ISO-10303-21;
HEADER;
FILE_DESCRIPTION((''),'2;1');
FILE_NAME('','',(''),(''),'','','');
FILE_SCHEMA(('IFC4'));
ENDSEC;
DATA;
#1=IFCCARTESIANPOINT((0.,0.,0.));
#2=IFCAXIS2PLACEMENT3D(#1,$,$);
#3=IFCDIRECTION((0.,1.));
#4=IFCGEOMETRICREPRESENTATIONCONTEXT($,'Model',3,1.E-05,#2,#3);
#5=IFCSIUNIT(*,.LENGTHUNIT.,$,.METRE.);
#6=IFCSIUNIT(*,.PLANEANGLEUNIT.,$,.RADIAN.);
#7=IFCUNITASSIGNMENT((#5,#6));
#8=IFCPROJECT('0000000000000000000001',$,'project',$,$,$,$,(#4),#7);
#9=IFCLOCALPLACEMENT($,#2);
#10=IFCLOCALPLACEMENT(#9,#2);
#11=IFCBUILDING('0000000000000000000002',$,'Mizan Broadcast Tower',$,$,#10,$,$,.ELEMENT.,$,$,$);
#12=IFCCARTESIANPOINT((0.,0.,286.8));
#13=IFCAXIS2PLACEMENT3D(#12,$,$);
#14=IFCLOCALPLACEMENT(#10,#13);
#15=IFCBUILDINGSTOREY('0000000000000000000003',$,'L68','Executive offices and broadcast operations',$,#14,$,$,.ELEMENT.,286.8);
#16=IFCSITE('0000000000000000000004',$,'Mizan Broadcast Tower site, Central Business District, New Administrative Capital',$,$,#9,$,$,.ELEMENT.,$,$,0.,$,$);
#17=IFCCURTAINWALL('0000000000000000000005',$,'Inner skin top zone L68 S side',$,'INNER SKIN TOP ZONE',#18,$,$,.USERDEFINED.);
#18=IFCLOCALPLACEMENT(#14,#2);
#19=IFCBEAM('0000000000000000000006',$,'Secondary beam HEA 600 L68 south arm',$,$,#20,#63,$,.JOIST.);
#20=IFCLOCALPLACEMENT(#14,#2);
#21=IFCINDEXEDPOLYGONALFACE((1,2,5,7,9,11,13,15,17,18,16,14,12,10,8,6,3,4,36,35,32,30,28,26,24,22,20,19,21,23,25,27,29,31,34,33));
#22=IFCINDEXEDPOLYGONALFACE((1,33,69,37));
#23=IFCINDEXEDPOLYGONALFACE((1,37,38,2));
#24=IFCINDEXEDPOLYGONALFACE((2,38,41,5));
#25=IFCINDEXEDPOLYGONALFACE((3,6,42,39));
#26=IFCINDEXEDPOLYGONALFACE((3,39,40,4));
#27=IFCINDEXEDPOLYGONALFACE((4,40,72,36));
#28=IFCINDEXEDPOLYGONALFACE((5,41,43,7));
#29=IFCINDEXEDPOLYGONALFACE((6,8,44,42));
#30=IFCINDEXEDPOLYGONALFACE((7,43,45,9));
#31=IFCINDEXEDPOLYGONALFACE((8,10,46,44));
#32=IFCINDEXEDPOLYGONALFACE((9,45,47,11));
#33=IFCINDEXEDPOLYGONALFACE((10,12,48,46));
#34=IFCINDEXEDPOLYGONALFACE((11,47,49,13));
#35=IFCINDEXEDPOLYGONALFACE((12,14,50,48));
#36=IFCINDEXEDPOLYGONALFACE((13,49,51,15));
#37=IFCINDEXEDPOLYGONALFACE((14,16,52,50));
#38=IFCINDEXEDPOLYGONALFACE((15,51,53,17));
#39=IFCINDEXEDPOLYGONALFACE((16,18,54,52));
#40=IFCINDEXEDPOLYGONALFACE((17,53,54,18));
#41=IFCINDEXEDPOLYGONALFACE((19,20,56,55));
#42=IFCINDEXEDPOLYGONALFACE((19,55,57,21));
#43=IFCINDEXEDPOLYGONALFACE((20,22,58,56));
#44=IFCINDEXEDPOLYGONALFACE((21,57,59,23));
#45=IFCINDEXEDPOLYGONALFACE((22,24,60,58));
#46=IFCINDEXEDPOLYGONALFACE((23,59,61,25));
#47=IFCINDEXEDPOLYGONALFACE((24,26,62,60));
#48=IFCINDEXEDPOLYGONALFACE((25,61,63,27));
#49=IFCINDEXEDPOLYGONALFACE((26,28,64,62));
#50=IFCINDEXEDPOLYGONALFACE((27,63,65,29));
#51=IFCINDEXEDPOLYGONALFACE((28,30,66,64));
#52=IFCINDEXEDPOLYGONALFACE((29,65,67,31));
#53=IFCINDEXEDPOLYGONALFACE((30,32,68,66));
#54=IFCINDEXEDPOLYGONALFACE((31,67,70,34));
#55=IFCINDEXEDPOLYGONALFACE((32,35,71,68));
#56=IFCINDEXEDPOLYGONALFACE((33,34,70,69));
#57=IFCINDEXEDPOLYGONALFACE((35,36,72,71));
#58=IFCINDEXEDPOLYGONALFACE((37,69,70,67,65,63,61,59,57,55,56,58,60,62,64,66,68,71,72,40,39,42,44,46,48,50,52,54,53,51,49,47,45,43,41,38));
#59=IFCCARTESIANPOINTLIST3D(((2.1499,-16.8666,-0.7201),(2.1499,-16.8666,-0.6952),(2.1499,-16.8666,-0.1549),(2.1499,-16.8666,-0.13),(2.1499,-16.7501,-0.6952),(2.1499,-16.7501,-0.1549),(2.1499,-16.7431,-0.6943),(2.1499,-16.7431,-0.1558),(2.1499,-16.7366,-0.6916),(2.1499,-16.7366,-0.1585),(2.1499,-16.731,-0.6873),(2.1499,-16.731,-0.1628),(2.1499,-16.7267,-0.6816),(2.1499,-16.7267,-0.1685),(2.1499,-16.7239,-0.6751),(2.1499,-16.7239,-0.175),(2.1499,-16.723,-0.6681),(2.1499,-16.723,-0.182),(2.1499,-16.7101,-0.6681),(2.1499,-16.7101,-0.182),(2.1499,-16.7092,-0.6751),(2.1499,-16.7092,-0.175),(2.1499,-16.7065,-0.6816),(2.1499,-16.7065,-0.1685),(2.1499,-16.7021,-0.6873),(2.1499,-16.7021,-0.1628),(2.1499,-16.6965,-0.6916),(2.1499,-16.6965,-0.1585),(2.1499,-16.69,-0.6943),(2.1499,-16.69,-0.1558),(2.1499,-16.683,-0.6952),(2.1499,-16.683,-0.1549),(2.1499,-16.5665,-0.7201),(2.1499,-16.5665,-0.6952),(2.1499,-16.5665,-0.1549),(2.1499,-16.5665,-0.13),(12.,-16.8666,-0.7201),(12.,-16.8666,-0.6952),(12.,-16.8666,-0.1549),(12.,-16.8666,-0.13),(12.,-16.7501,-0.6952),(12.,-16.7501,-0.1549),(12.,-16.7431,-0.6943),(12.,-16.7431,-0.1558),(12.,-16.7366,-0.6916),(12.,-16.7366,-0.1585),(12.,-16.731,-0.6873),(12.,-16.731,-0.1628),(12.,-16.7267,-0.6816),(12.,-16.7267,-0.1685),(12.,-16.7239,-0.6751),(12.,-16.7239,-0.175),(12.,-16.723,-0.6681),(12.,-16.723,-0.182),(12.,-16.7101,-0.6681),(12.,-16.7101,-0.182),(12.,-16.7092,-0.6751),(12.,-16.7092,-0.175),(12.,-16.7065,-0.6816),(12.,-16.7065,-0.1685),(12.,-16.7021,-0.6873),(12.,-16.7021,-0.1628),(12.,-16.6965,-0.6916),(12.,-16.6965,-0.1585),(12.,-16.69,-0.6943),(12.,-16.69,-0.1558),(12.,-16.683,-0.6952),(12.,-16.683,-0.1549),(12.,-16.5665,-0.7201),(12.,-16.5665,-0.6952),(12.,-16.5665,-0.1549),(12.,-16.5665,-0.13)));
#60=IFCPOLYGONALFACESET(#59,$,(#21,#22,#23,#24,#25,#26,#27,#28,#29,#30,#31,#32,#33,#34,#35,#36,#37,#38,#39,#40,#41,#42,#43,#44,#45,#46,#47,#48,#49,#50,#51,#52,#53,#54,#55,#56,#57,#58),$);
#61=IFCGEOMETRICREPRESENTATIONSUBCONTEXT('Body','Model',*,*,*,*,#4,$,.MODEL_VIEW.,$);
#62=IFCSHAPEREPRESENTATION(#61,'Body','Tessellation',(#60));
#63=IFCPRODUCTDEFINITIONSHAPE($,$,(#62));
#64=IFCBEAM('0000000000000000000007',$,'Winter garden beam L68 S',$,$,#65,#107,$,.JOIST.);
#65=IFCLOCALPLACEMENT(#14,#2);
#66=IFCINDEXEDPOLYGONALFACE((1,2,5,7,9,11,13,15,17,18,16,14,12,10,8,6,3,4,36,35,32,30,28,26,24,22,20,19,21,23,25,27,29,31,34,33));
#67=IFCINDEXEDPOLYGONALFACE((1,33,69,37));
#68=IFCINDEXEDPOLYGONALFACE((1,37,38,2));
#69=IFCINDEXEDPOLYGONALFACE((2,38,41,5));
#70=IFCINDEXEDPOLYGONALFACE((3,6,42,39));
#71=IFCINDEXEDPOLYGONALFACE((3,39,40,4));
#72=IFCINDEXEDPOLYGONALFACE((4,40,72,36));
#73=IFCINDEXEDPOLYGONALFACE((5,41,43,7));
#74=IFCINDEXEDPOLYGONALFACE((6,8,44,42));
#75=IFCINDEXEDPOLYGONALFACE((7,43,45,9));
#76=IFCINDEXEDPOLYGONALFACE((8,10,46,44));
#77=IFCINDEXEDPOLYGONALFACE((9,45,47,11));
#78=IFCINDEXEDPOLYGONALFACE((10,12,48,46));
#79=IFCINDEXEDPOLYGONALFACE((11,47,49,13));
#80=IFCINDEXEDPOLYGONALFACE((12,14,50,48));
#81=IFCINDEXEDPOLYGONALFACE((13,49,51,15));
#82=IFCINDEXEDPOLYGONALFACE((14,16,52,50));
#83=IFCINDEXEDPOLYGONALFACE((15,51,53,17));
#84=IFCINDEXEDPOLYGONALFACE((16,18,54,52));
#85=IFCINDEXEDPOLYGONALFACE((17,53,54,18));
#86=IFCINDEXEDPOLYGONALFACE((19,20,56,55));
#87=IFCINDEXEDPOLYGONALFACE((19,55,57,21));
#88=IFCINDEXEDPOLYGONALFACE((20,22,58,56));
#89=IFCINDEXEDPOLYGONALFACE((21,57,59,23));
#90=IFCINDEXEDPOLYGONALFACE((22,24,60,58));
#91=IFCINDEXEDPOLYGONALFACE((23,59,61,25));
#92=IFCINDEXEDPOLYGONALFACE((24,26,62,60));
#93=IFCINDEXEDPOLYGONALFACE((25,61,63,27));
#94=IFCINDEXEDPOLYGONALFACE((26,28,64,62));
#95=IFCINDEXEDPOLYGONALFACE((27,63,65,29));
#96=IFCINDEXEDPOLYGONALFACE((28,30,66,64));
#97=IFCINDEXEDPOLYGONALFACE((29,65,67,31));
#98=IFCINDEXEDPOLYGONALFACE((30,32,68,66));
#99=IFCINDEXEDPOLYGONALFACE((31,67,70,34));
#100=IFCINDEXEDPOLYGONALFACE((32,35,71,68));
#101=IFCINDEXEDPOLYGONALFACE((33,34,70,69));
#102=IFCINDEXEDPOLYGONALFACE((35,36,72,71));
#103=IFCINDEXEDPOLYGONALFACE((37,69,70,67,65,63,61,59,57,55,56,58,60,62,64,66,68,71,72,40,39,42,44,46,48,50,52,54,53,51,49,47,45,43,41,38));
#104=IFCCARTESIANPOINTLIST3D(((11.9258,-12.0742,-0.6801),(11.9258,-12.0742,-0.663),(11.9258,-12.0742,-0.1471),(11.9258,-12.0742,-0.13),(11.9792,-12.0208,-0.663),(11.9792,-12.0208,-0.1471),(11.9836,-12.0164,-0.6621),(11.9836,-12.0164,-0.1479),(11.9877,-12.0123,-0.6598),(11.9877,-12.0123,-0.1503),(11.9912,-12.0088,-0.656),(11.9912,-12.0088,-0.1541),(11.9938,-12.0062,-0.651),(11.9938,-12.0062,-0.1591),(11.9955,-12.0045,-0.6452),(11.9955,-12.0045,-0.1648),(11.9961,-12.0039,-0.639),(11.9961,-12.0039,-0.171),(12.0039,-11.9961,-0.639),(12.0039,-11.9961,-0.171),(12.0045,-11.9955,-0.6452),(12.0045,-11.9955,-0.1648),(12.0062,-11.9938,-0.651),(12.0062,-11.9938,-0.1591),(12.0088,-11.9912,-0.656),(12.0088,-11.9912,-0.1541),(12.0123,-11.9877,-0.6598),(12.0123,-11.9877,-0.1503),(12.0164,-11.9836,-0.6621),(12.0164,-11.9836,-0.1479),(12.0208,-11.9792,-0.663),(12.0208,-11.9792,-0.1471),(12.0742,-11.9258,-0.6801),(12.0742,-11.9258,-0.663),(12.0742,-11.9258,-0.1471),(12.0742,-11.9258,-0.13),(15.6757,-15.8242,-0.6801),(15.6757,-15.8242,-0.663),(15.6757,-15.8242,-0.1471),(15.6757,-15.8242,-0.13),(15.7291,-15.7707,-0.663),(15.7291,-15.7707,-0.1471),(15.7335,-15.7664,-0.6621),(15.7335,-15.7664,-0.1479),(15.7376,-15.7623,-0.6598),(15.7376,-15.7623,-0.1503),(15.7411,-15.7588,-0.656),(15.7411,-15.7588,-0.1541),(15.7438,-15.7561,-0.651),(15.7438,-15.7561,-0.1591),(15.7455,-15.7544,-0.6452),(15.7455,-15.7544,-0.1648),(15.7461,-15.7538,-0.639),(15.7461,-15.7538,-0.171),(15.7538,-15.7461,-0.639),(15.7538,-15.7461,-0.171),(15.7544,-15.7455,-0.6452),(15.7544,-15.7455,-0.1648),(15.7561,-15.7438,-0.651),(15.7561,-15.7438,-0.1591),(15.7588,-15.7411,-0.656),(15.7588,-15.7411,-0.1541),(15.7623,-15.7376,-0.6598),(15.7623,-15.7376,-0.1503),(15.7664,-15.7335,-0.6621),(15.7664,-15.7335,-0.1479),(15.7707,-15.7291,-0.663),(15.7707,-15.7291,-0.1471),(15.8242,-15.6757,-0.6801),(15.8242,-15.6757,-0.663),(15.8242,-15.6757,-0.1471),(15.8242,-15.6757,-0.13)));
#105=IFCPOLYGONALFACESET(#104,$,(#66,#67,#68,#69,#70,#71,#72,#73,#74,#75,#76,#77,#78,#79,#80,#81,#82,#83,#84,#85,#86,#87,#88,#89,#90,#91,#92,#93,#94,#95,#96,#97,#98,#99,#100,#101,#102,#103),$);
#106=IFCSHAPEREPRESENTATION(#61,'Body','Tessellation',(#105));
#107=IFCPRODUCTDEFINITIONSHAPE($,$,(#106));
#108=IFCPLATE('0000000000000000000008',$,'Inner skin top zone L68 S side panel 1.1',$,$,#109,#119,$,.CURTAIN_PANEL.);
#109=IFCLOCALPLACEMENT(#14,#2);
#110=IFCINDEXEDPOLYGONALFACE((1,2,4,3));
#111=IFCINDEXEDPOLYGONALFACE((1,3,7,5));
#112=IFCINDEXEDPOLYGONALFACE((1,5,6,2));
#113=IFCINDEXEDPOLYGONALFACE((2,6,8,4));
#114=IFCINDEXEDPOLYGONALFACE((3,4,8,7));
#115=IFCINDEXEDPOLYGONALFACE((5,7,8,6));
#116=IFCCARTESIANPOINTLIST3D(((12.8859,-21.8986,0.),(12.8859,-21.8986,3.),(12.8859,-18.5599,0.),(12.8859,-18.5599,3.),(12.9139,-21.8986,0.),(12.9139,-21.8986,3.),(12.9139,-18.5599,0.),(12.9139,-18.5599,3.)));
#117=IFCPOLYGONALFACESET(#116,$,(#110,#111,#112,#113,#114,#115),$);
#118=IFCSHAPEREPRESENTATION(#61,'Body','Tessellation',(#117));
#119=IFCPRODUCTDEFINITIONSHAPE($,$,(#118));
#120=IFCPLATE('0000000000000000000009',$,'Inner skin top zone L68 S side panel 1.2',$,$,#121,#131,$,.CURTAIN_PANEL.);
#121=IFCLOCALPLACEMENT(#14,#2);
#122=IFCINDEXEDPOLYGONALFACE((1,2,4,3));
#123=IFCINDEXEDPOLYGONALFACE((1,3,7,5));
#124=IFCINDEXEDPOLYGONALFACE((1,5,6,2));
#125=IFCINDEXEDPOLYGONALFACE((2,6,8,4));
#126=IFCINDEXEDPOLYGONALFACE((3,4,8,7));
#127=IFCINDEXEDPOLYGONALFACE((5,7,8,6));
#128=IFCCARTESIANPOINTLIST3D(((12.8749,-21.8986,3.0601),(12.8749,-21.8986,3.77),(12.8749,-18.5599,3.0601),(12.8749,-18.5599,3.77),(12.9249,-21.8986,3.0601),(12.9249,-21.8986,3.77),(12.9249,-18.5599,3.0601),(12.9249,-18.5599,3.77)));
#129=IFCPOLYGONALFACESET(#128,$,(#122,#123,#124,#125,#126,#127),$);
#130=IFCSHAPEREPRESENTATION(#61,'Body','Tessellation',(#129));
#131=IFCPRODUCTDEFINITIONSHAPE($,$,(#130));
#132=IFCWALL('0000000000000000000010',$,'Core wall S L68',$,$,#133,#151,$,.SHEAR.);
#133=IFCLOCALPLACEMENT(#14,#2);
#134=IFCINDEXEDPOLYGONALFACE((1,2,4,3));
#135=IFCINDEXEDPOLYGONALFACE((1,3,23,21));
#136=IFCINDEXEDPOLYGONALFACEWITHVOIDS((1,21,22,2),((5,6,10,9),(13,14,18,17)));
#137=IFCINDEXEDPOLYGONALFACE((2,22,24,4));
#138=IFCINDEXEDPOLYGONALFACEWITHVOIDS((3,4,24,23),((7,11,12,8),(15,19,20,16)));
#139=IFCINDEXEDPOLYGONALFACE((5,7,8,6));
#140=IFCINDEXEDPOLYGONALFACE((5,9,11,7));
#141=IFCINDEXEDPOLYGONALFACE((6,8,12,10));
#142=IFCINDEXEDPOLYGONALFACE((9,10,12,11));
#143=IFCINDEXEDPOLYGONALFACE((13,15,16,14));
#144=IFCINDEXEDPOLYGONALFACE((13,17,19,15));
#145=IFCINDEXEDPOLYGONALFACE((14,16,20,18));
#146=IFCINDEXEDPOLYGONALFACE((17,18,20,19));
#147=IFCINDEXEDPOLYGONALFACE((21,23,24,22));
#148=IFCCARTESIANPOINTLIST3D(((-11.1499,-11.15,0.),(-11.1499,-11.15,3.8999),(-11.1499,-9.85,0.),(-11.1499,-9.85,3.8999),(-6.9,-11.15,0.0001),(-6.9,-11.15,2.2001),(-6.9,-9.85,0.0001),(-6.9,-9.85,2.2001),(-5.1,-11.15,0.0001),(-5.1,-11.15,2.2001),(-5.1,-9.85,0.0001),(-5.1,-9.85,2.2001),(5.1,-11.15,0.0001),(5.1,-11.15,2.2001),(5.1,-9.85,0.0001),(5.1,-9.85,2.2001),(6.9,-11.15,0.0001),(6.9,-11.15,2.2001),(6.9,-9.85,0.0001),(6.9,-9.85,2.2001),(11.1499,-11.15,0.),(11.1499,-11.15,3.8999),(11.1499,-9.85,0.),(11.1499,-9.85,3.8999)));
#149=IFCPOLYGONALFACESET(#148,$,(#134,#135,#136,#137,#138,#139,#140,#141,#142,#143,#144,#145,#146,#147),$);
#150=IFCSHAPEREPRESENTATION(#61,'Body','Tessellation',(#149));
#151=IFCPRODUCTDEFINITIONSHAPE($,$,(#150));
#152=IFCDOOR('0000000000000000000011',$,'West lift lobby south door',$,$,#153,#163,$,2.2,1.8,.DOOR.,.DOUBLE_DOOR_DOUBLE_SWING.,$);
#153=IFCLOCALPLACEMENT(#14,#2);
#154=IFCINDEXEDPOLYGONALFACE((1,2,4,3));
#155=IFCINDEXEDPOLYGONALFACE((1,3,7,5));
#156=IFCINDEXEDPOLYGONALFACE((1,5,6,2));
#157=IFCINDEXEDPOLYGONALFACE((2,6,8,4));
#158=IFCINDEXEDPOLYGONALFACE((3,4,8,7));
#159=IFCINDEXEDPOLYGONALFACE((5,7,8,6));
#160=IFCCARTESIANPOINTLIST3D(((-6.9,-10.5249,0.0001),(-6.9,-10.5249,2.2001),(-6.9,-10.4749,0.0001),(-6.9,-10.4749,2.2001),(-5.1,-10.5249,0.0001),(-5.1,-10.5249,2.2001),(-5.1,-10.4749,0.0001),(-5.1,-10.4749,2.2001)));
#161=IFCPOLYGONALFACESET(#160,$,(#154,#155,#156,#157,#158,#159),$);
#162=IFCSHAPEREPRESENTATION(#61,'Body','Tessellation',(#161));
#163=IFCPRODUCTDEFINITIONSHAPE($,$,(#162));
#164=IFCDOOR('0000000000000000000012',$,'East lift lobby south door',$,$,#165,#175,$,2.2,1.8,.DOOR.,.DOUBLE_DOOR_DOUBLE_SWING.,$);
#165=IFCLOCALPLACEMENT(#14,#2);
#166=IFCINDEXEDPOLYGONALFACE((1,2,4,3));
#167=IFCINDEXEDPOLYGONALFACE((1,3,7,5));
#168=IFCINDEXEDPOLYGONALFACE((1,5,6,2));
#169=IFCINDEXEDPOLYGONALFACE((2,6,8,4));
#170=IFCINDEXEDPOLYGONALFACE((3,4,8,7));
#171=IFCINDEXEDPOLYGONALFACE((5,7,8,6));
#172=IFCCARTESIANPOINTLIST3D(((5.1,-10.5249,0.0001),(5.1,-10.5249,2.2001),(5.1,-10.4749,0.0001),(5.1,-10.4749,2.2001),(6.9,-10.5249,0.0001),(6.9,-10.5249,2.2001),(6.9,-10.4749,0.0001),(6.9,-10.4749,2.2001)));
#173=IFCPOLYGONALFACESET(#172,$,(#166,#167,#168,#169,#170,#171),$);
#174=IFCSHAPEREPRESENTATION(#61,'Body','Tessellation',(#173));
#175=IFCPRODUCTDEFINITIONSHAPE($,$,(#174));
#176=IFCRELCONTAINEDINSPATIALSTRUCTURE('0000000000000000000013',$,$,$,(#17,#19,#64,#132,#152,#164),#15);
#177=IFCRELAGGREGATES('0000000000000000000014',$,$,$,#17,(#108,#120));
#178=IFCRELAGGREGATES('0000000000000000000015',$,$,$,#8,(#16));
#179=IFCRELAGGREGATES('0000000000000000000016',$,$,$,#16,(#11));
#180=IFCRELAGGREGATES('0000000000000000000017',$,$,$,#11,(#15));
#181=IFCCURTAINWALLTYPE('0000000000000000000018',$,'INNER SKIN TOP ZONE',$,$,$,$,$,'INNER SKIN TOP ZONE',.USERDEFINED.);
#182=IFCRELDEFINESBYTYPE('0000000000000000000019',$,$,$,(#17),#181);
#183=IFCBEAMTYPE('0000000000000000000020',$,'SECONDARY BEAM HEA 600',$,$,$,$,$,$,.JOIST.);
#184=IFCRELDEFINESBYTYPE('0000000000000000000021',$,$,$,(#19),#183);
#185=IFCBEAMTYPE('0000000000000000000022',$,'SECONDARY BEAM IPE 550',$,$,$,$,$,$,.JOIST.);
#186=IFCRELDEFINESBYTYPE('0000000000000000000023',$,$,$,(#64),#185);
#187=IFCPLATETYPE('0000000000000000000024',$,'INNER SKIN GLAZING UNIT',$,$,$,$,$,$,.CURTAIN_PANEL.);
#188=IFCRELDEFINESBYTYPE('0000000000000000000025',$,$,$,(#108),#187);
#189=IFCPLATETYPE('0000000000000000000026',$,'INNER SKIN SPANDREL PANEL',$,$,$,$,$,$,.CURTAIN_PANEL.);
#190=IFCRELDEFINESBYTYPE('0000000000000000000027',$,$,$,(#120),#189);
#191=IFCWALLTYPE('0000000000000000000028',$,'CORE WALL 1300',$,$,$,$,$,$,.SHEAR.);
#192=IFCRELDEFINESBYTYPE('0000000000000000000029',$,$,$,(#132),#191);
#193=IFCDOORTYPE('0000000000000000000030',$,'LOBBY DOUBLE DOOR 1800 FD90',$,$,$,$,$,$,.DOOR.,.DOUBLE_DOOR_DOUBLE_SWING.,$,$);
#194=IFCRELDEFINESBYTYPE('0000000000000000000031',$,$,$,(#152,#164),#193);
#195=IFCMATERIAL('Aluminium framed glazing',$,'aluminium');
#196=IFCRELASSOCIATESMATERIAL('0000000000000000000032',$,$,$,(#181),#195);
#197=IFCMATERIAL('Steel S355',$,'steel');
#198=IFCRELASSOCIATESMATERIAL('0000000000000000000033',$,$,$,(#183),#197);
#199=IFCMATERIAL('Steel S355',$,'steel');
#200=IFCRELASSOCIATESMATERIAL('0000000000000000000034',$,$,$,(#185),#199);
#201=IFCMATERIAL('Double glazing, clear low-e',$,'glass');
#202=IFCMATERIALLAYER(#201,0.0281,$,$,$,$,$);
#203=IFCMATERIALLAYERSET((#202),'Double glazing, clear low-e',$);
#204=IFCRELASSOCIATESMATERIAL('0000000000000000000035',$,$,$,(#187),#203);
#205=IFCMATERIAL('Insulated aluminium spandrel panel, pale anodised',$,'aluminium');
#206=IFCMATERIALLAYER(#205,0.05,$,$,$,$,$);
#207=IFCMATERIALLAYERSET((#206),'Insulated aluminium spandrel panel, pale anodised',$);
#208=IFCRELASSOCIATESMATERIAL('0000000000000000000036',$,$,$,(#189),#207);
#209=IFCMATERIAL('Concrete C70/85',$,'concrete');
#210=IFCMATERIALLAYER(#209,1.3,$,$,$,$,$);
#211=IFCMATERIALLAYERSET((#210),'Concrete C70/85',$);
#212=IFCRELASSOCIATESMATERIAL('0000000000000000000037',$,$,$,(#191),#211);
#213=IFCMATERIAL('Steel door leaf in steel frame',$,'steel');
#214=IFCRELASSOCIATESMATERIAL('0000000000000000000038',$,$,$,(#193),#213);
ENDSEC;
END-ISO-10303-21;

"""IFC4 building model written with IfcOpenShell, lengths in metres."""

from ifc_helpers import new_model, si_unit, direction, frame, frame_2d, origin, origin_2d, place, context, subcontext, project, spatial, rectangle, i_section, extrude, material, layer, layer_set, material_profile, profile_set, type_object, element, fill, aggregate, save


model = new_model("IFC4")

# Units and contexts
model_context = context("Model", 3, precision=1e-05, world=origin(), true_north=direction((0.0, 1.0)))
body_context = subcontext(model_context, "Body", "Model", "MODEL_VIEW")
ifc_project = project(units=[si_unit("LENGTHUNIT", "METRE"), si_unit("PLANEANGLEUNIT", "RADIAN")], contexts=[model_context])

# Site, building, storey
site_placement = place(None, origin())
site = spatial("IfcSite", under=ifc_project, at=site_placement, Name="Mizan Broadcast Tower site, Central Business District, New Administrative Capital", CompositionType="ELEMENT", RefElevation=0.0)
building_placement = place(site_placement, origin())
building = spatial("IfcBuilding", under=site, at=building_placement, Name="Mizan Broadcast Tower", CompositionType="ELEMENT")
storey_placement = place(building_placement, frame((0.0, 0.0, 286.8)))
storey = spatial("IfcBuildingStorey", under=building, at=storey_placement, Name="L68", Description="Executive offices and broadcast operations", CompositionType="ELEMENT", Elevation=286.8)

# Curtain wall
ifc_material_1 = material(Name="Aluminium framed glazing", Category="aluminium")
curtain_wall_type = type_object("IfcCurtainWallType", Name="INNER SKIN TOP ZONE", ElementType="INNER SKIN TOP ZONE", PredefinedType="USERDEFINED", material=ifc_material_1)
curtain_wall_placement = place(storey_placement, origin())
curtain_wall = element("IfcCurtainWall", 1, at=curtain_wall_placement, inside=storey, type_object=curtain_wall_type, Name="Inner skin top zone L68 S side", ObjectType="INNER SKIN TOP ZONE", PredefinedType="USERDEFINED")

# Beams
ifc_material_2 = material(Name="Steel S355", Category="steel")
ifc_material_profile_1 = material_profile(ifc_material_2, i_section(OverallWidth=0.3, OverallDepth=0.5901, WebThickness=0.0129, FlangeThickness=0.0249, FilletRadius=0.0271, at=origin_2d()), Name="HEA 600")
ifc_profile_set_1 = profile_set([ifc_material_profile_1], Name="Steel S355")
beam_type_1 = type_object("IfcBeamType", Name="SECONDARY BEAM HEA 600", PredefinedType="JOIST", material=ifc_profile_set_1)
for number, where, z_axis, x_axis, name in (
    (2, (12.0, -16.7166, -0.425), (-1.0, 0.0, 0.0), (0.0, -1.0, 0.0), "Secondary beam HEA 600 L68 south arm"),
):
    element("IfcBeam", number, at=place(storey_placement, frame(where, z_axis=z_axis, x_axis=x_axis)), inside=storey, type_object=beam_type_1, Name=name, PredefinedType="JOIST", context=body_context, shape_type="SweptSolid", body=[
        extrude(i_section(OverallWidth=0.3, OverallDepth=0.5901, WebThickness=0.0129, FlangeThickness=0.0249, FilletRadius=0.0271, at=origin_2d()), origin(), (0.0, 0.0, 1.0), 9.8501),
    ])
ifc_material_3 = material(Name="Steel S355", Category="steel")
ifc_material_profile_2 = material_profile(ifc_material_3, i_section(OverallWidth=0.21, OverallDepth=0.55, WebThickness=0.011, FlangeThickness=0.0171, FilletRadius=0.0239, at=origin_2d()), Name="IPE 550")
ifc_profile_set_2 = profile_set([ifc_material_profile_2], Name="Steel S355")
beam_type_2 = type_object("IfcBeamType", Name="SECONDARY BEAM IPE 550", PredefinedType="JOIST", material=ifc_profile_set_2)
beam_1_placement = place(storey_placement, frame((12.0, -12.0, -0.405), z_axis=(0.707107, -0.707107, 0.0), x_axis=(0.707107, 0.707107, 0.0)))
element("IfcBeam", 3, at=beam_1_placement, inside=storey, type_object=beam_type_2, Name="Winter garden beam L68 S", PredefinedType="JOIST", context=body_context, shape_type="SweptSolid", body=[
    extrude(i_section(OverallWidth=0.21, OverallDepth=0.55, WebThickness=0.011, FlangeThickness=0.0171, FilletRadius=0.0239, at=origin_2d()), origin(), (0.0, 0.0, 1.0), 5.3032),
])

# Plates
ifc_material_4 = material(Name="Double glazing, clear low-e", Category="glass")
ifc_layer_1 = layer(ifc_material_4, 0.0281)
ifc_layer_set_1 = layer_set([ifc_layer_1], Name="Double glazing, clear low-e")
plate_type_1 = type_object("IfcPlateType", Name="INNER SKIN GLAZING UNIT", PredefinedType="CURTAIN_PANEL", material=ifc_layer_set_1)
plate_1_placement = place(storey_placement, frame((12.8999, -20.2292, 0.0), z_axis=(0.0, 0.0, 1.0), x_axis=(0.0, 1.0, 0.0)))
plate_1 = element("IfcPlate", 4, at=plate_1_placement, type_object=plate_type_1, Name="Inner skin top zone L68 S side panel 1.1", PredefinedType="CURTAIN_PANEL", context=body_context, shape_type="SweptSolid", body=[
    extrude(rectangle(XDim=3.3386, YDim=0.0281, at=origin_2d()), origin(), (0.0, 0.0, 1.0), 3.0),
])
ifc_material_5 = material(Name="Insulated aluminium spandrel panel, pale anodised", Category="aluminium")
ifc_layer_2 = layer(ifc_material_5, 0.05)
ifc_layer_set_2 = layer_set([ifc_layer_2], Name="Insulated aluminium spandrel panel, pale anodised")
plate_type_2 = type_object("IfcPlateType", Name="INNER SKIN SPANDREL PANEL", PredefinedType="CURTAIN_PANEL", material=ifc_layer_set_2)
plate_2_placement = place(storey_placement, frame((12.8999, -20.2292, 3.0601), z_axis=(0.0, 0.0, 1.0), x_axis=(0.0, 1.0, 0.0)))
plate_2 = element("IfcPlate", 5, at=plate_2_placement, type_object=plate_type_2, Name="Inner skin top zone L68 S side panel 1.2", PredefinedType="CURTAIN_PANEL", context=body_context, shape_type="SweptSolid", body=[
    extrude(rectangle(XDim=3.3386, YDim=0.05, at=origin_2d()), origin(), (0.0, 0.0, 1.0), 0.71),
])
aggregate(curtain_wall, [plate_1, plate_2])

# Wall, openings, doors
ifc_material_6 = material(Name="Concrete C70/85", Category="concrete")
ifc_layer_3 = layer(ifc_material_6, 1.3)
ifc_layer_set_3 = layer_set([ifc_layer_3], Name="Concrete C70/85")
wall_type_1 = type_object("IfcWallType", Name="CORE WALL 1300", PredefinedType="SHEAR", material=ifc_layer_set_3)
wall_1_placement = place(storey_placement, frame((11.1499, -10.5, 0.0), z_axis=(0.0, 0.0, 1.0), x_axis=(-1.0, 0.0, 0.0)))
wall_1 = element("IfcWall", 6, at=wall_1_placement, inside=storey, type_object=wall_type_1, Name="Core wall S L68", PredefinedType="SHEAR", context=body_context, shape_type="SweptSolid", body=[
    extrude(rectangle(XDim=22.2998, YDim=1.3, at=frame_2d((11.1499, 0.0))), origin(), (0.0, 0.0, 1.0), 3.8999),
])
opening_1_placement = place(wall_1_placement, frame((16.25, 0.0, 0.0)))
opening_1 = element("IfcOpeningElement", 7, at=opening_1_placement, cuts=wall_1, PredefinedType="OPENING", context=body_context, shape_type="SweptSolid", body=[
    extrude(rectangle(XDim=1.8, YDim=2.2, at=frame_2d((0.8999, 1.1001))), frame((0.0, 0.6599, 0.0), z_axis=(0.0, -1.0, 0.0), x_axis=(1.0, 0.0, 0.0)), (0.0, 0.0, 1.0), 1.3201),
])
opening_2_placement = place(wall_1_placement, frame((4.25, 0.0, 0.0)))
opening_2 = element("IfcOpeningElement", 8, at=opening_2_placement, cuts=wall_1, PredefinedType="OPENING", context=body_context, shape_type="SweptSolid", body=[
    extrude(rectangle(XDim=1.8, YDim=2.2, at=frame_2d((0.8999, 1.1001))), frame((0.0, 0.6599, 0.0), z_axis=(0.0, -1.0, 0.0), x_axis=(1.0, 0.0, 0.0)), (0.0, 0.0, 1.0), 1.3201),
])
ifc_material_7 = material(Name="Steel door leaf in steel frame", Category="steel")
door_type_1 = type_object("IfcDoorType", Name="LOBBY DOUBLE DOOR 1800 FD90", OperationType="DOUBLE_DOOR_DOUBLE_SWING", PredefinedType="DOOR", material=ifc_material_7)
door_1_placement = place(opening_1_placement, origin())
door_1 = element("IfcDoor", 9, at=door_1_placement, inside=storey, type_object=door_type_1, Name="West lift lobby south door", OperationType="DOUBLE_DOOR_DOUBLE_SWING", OverallHeight=2.2, OverallWidth=1.8, PredefinedType="DOOR", context=body_context, shape_type="SweptSolid", body=[
    extrude(rectangle(XDim=1.8, YDim=2.2, at=frame_2d((0.8999, 1.1001))), frame((0.0, 0.0249, 0.0), z_axis=(0.0, -1.0, 0.0), x_axis=(1.0, 0.0, 0.0)), (0.0, 0.0, 1.0), 0.05),
])
fill(opening_1, door_1)
door_2_placement = place(opening_2_placement, origin())
door_2 = element("IfcDoor", 10, at=door_2_placement, inside=storey, type_object=door_type_1, Name="East lift lobby south door", OperationType="DOUBLE_DOOR_DOUBLE_SWING", OverallHeight=2.2, OverallWidth=1.8, PredefinedType="DOOR", context=body_context, shape_type="SweptSolid", body=[
    extrude(rectangle(XDim=1.8, YDim=2.2, at=frame_2d((0.8999, 1.1001))), frame((0.0, 0.0249, 0.0), z_axis=(0.0, -1.0, 0.0), x_axis=(1.0, 0.0, 0.0)), (0.0, 0.0, 1.0), 0.05),
])
fill(opening_2, door_2)

save(model, "model.ifc")
